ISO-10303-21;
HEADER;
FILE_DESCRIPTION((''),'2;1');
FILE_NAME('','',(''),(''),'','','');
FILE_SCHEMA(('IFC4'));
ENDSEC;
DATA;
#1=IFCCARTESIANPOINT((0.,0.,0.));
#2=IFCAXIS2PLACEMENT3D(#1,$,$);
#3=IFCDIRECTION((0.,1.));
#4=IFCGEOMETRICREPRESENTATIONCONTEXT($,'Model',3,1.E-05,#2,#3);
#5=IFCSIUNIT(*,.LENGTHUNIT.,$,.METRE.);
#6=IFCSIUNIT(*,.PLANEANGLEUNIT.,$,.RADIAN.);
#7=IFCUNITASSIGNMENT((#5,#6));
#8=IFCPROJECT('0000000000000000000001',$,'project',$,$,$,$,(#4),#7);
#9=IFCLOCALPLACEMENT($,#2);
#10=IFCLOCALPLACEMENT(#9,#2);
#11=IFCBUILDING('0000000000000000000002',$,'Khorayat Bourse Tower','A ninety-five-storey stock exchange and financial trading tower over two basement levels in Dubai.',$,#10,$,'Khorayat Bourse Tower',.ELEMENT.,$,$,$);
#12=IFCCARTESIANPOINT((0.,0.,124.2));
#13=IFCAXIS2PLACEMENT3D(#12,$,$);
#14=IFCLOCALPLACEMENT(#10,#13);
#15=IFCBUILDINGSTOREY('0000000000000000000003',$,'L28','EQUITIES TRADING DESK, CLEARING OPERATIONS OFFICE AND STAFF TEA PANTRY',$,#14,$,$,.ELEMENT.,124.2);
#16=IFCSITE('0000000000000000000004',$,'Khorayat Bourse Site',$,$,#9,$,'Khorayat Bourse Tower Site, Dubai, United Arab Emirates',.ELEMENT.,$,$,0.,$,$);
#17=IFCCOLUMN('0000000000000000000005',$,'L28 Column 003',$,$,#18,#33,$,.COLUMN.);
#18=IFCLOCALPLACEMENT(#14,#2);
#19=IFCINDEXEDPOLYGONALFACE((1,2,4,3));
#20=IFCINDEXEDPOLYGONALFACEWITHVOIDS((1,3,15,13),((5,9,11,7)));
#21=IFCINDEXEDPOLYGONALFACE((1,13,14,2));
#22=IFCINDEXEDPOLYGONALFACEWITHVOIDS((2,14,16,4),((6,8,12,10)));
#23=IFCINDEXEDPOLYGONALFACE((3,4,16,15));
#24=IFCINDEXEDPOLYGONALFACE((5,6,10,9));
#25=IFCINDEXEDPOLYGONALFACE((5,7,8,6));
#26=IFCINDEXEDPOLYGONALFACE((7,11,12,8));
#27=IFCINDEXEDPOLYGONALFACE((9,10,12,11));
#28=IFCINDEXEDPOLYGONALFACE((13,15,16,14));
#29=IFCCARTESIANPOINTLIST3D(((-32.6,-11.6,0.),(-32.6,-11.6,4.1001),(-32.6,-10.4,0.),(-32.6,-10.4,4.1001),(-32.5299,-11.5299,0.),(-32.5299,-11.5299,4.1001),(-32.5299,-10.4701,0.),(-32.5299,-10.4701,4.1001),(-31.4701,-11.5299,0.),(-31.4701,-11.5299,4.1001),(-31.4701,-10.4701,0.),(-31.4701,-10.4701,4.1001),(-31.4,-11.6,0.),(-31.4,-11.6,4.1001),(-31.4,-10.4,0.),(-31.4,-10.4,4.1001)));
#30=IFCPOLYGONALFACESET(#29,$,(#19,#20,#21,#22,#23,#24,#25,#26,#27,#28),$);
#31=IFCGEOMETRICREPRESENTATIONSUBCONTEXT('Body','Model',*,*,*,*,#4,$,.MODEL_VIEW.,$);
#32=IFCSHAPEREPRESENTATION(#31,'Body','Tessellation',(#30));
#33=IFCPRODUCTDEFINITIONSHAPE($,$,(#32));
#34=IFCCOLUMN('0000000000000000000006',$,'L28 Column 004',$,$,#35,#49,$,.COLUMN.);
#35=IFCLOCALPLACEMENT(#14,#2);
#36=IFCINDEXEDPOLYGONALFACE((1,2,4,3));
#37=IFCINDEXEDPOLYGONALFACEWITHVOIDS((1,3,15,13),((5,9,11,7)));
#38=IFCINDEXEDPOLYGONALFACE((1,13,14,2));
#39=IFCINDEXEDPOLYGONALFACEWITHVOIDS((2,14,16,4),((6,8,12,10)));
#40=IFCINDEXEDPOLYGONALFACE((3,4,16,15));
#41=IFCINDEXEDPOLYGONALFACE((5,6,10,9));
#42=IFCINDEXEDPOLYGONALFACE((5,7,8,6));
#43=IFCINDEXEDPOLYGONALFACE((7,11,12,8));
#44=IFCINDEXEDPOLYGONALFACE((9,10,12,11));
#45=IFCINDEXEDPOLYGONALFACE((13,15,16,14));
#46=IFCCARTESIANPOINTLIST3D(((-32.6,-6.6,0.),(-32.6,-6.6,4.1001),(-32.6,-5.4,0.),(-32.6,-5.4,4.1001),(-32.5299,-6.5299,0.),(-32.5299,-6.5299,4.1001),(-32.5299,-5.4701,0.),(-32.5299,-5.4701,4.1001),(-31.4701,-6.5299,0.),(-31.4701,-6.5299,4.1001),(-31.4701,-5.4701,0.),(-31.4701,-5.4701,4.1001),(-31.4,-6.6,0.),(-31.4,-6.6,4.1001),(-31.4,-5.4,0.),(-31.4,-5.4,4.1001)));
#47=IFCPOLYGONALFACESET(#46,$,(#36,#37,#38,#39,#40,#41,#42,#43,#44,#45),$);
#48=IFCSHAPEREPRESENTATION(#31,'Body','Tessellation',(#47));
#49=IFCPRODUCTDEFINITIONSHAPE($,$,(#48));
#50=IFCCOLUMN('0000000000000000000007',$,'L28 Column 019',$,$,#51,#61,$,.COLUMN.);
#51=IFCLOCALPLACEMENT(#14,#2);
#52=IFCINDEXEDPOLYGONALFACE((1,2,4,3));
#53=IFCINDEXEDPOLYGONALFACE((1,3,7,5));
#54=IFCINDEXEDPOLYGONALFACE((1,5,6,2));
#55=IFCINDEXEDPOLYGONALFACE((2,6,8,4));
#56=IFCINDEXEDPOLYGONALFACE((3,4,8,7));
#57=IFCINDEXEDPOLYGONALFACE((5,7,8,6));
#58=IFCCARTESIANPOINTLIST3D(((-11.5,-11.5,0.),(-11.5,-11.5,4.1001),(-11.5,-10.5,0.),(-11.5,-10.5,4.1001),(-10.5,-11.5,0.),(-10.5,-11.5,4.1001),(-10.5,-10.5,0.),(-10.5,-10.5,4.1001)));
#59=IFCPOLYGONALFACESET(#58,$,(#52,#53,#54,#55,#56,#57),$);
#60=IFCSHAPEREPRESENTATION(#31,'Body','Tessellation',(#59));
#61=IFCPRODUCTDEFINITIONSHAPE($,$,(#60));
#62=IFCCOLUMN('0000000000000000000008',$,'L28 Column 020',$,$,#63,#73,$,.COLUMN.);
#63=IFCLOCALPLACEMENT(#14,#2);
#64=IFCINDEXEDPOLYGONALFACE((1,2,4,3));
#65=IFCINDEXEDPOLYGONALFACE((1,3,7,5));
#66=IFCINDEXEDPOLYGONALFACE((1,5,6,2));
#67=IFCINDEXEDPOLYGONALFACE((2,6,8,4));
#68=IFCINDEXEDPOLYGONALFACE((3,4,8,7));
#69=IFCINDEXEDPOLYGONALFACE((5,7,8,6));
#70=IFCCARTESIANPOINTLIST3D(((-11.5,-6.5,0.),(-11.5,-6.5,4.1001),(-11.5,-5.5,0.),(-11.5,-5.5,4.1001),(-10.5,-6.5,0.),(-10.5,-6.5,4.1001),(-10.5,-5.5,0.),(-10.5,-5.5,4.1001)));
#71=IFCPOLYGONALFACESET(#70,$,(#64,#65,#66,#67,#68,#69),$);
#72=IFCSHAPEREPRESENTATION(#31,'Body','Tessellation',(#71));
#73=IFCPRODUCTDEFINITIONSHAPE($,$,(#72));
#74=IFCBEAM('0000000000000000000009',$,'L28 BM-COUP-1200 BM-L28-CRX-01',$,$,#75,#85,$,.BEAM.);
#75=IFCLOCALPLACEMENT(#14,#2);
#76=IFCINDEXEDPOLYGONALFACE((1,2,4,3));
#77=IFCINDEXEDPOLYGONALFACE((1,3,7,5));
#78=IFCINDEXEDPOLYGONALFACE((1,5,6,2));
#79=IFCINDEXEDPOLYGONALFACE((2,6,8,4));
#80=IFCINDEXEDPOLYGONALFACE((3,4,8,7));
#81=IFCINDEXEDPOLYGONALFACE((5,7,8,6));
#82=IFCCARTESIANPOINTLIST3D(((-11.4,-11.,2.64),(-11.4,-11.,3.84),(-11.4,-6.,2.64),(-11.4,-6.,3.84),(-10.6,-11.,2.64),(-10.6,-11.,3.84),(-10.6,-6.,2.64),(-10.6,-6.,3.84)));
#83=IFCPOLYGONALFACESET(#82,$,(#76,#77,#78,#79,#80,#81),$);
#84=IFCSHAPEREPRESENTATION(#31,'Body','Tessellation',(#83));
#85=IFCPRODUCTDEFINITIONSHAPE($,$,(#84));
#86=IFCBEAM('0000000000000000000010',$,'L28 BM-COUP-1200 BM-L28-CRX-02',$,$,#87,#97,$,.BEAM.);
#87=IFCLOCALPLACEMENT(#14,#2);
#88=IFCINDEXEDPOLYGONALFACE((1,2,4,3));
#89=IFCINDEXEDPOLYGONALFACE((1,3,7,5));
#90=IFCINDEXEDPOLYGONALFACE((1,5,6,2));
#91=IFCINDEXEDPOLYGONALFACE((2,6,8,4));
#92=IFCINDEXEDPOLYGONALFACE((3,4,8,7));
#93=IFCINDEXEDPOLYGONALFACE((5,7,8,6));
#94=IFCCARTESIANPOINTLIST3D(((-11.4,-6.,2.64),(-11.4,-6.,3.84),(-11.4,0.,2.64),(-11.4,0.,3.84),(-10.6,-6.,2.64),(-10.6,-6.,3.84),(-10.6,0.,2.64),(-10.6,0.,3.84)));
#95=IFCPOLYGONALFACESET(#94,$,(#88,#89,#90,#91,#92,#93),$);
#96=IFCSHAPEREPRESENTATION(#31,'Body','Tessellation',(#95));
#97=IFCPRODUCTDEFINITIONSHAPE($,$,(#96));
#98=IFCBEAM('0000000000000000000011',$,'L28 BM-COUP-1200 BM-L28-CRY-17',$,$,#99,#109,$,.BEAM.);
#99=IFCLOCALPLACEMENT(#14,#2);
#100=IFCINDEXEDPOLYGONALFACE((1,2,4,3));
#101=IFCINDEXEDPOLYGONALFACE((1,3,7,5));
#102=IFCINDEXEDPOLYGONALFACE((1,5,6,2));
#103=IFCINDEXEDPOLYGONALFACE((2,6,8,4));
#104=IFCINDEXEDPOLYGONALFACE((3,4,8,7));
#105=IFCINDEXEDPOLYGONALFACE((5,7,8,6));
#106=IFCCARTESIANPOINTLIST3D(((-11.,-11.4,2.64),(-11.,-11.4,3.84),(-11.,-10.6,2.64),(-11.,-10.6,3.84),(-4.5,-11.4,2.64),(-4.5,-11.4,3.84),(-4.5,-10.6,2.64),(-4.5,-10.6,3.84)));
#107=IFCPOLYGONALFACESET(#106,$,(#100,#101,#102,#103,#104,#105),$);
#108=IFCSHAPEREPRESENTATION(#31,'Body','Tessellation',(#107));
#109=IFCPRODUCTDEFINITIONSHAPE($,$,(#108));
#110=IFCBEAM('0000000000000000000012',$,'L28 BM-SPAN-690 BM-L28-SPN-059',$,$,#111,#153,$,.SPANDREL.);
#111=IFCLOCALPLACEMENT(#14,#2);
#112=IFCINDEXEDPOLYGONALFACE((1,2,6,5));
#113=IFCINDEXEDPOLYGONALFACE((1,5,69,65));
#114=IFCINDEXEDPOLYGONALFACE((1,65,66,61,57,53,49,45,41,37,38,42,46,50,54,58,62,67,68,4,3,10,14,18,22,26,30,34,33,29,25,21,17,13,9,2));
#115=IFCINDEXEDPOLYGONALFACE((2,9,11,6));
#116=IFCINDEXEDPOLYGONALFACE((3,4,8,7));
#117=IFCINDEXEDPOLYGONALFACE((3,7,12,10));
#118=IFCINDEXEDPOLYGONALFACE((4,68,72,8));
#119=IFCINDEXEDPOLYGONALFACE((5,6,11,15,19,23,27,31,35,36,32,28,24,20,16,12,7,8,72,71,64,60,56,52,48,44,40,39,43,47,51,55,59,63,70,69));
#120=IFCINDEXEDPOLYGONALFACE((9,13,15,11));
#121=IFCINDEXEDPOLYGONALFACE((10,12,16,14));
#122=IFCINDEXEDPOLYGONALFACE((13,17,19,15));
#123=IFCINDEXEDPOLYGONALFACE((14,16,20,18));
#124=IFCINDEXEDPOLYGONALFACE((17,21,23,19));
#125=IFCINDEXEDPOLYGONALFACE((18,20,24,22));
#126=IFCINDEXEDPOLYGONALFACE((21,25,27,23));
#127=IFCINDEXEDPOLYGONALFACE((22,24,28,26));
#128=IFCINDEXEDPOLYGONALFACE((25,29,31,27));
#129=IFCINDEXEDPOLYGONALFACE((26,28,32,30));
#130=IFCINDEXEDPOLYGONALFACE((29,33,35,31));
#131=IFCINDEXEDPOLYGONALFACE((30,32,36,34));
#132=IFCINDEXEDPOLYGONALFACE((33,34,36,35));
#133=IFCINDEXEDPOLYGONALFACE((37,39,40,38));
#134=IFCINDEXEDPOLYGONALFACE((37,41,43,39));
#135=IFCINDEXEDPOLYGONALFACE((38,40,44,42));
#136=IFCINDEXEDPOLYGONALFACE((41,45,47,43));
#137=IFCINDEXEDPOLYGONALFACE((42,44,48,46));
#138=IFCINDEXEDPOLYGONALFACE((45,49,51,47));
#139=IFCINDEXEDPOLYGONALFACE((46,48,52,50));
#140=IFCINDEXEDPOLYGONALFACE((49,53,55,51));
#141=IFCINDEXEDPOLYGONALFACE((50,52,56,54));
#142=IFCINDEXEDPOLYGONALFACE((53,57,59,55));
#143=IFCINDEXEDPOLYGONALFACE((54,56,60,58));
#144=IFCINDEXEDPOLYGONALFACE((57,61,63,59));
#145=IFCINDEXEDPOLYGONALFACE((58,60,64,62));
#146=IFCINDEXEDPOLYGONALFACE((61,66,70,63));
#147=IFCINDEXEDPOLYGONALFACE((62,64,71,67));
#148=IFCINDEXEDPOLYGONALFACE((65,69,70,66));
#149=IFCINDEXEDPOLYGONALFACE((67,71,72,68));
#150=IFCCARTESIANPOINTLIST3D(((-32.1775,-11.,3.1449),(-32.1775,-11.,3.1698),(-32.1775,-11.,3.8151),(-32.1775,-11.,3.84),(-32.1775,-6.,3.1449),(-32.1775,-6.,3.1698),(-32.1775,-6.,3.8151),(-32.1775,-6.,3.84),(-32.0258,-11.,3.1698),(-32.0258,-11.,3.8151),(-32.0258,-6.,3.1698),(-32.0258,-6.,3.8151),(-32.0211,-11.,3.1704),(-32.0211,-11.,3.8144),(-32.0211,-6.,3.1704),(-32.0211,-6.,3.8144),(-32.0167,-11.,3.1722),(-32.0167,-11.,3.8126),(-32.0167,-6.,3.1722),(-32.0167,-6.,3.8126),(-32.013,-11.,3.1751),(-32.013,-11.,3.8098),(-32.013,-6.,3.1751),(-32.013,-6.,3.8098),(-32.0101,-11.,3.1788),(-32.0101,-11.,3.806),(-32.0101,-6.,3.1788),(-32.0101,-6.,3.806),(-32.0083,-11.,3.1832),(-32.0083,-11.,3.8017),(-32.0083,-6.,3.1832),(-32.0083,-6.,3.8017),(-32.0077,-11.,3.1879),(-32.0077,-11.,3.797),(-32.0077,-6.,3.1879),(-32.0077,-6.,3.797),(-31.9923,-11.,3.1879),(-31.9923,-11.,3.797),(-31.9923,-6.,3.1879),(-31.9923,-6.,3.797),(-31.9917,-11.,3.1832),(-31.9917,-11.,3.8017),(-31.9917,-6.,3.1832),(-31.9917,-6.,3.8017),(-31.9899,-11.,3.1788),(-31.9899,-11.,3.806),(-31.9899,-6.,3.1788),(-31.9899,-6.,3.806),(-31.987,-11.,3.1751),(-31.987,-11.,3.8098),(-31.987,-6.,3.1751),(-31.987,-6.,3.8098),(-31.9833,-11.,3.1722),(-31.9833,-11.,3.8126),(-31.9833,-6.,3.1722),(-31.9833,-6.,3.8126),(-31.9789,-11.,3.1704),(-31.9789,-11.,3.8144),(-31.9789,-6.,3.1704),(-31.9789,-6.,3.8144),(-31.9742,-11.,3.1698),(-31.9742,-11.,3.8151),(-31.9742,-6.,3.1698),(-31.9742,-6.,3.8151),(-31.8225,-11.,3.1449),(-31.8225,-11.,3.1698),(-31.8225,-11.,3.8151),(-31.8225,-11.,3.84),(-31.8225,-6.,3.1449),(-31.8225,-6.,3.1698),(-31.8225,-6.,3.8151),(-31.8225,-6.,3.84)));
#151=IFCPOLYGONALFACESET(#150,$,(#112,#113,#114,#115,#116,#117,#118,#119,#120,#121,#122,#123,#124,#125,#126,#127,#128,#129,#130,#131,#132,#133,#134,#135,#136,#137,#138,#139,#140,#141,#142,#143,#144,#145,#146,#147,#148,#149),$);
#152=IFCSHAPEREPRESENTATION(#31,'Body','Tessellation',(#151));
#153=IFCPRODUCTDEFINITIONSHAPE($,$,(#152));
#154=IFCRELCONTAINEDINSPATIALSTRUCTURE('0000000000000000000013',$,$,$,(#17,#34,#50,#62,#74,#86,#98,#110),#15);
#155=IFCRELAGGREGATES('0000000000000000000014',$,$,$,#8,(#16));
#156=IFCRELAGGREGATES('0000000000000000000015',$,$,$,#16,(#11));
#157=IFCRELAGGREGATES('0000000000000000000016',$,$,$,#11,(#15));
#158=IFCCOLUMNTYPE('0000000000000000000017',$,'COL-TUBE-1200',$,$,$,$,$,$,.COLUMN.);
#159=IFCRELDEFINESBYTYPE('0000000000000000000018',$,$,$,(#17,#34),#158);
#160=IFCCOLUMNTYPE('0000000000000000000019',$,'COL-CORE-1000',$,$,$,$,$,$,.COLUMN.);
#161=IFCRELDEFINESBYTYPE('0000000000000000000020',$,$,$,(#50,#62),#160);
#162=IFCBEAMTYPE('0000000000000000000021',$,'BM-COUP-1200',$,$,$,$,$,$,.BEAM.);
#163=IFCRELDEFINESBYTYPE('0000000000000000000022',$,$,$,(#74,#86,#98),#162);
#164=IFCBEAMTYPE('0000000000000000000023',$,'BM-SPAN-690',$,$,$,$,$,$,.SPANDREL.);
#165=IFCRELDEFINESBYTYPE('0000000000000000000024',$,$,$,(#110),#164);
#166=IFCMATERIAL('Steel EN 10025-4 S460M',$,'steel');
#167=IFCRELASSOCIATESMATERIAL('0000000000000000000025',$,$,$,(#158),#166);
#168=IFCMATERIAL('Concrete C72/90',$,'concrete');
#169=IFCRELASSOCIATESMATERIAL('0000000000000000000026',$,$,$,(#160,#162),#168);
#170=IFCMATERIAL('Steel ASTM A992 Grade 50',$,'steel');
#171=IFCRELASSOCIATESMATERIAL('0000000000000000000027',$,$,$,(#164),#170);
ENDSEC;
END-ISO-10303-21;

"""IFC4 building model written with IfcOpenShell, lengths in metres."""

from ifc_helpers import new_model, si_unit, direction, frame, origin, origin_2d, place, context, subcontext, project, spatial, rectangle, hollow_rectangle, i_section, extrude, source, transform, mapped, material, material_profile, profile_set, type_object, element, save


model = new_model("IFC4")

# Units and contexts
model_context = context("Model", 3, precision=1e-05, world=origin(), true_north=direction((0.0, 1.0)))
body_context = subcontext(model_context, "Body", "Model", "MODEL_VIEW")
ifc_project = project(units=[si_unit("LENGTHUNIT", "METRE"), si_unit("PLANEANGLEUNIT", "RADIAN")], contexts=[model_context])

# Site, building, storey
site_placement = place(None, origin())
site = spatial("IfcSite", under=ifc_project, at=site_placement, Name="Khorayat Bourse Site", LongName="Khorayat Bourse Tower Site, Dubai, United Arab Emirates", CompositionType="ELEMENT", RefElevation=0.0)
building_placement = place(site_placement, origin())
building = spatial("IfcBuilding", under=site, at=building_placement, Name="Khorayat Bourse Tower", Description="A ninety-five-storey stock exchange and financial trading tower over two basement levels in Dubai.", LongName="Khorayat Bourse Tower", CompositionType="ELEMENT")
storey_placement = place(building_placement, frame((0.0, 0.0, 124.2)))
storey = spatial("IfcBuildingStorey", under=building, at=storey_placement, Name="L28", Description="EQUITIES TRADING DESK, CLEARING OPERATIONS OFFICE AND STAFF TEA PANTRY", CompositionType="ELEMENT", Elevation=124.2)

# Columns
ifc_material_1 = material(Name="Steel EN 10025-4 S460M", Category="steel")
ifc_material_profile_1 = material_profile(ifc_material_1, hollow_rectangle(XDim=1.2, YDim=1.2, WallThickness=0.0701, at=origin_2d()), Name="BOX 1200x1200x70")
ifc_profile_set_1 = profile_set([ifc_material_profile_1], Name="Steel EN 10025-4 S460M")
column_type_1 = type_object("IfcColumnType", Name="COL-TUBE-1200", PredefinedType="COLUMN", material=ifc_profile_set_1)
shared_shape_1 = source(origin(), body_context, "Body", "SweptSolid", [
    extrude(hollow_rectangle(XDim=1.2, YDim=1.2, WallThickness=0.0701, at=origin_2d()), origin(), (0.0, 0.0, 1.0), 4.1001),
])
for number, where, z_axis, x_axis, name in (
    (1, (-32.0, -11.0, 0.0), (0.0, 0.0, 1.0), (1.0, 0.0, 0.0), "L28 Column 003"),
    (2, (-32.0, -6.0, 0.0), (0.0, 0.0, 1.0), (1.0, 0.0, 0.0), "L28 Column 004"),
):
    element("IfcColumn", number, at=place(storey_placement, frame(where, z_axis=z_axis, x_axis=x_axis)), inside=storey, type_object=column_type_1, Name=name, PredefinedType="COLUMN", context=body_context, shape_type="MappedRepresentation", body=[
        mapped(shared_shape_1, transform((0.0, 0.0, 0.0), scale=1.0)),
    ])
ifc_material_2 = material(Name="Concrete C72/90", Category="concrete")
ifc_material_profile_2 = material_profile(ifc_material_2, rectangle(XDim=1.0, YDim=1.0, at=origin_2d()), Name="RC 1000x1000")
ifc_profile_set_2 = profile_set([ifc_material_profile_2], Name="Concrete C72/90")
column_type_2 = type_object("IfcColumnType", Name="COL-CORE-1000", PredefinedType="COLUMN", material=ifc_profile_set_2)
shared_shape_2 = source(origin(), body_context, "Body", "SweptSolid", [
    extrude(rectangle(XDim=1.0, YDim=1.0, at=origin_2d()), origin(), (0.0, 0.0, 1.0), 4.1001),
])
for number, where, z_axis, x_axis, name in (
    (3, (-11.0, -11.0, 0.0), (0.0, 0.0, 1.0), (1.0, 0.0, 0.0), "L28 Column 019"),
    (4, (-11.0, -6.0, 0.0), (0.0, 0.0, 1.0), (1.0, 0.0, 0.0), "L28 Column 020"),
):
    element("IfcColumn", number, at=place(storey_placement, frame(where, z_axis=z_axis, x_axis=x_axis)), inside=storey, type_object=column_type_2, Name=name, PredefinedType="COLUMN", context=body_context, shape_type="MappedRepresentation", body=[
        mapped(shared_shape_2, transform((0.0, 0.0, 0.0), scale=1.0)),
    ])

# Beams
ifc_material_profile_3 = material_profile(ifc_material_2, rectangle(XDim=0.8, YDim=1.2, at=origin_2d()), Name="RC 800x1200")
ifc_profile_set_3 = profile_set([ifc_material_profile_3], Name="Concrete C72/90")
beam_type_1 = type_object("IfcBeamType", Name="BM-COUP-1200", PredefinedType="BEAM", material=ifc_profile_set_3)
shared_shape_3 = source(origin(), body_context, "Body", "SweptSolid", [
    extrude(rectangle(XDim=0.8, YDim=1.2, at=origin_2d()), origin(), (0.0, 0.0, 1.0), 5.0),
])
beam_1_placement = place(storey_placement, frame((-11.0, -11.0, 3.24), z_axis=(0.0, 1.0, 0.0), x_axis=(-1.0, 0.0, 0.0)))
element("IfcBeam", 5, at=beam_1_placement, inside=storey, type_object=beam_type_1, Name="L28 BM-COUP-1200 BM-L28-CRX-01", PredefinedType="BEAM", context=body_context, shape_type="MappedRepresentation", body=[
    mapped(shared_shape_3, transform((0.0, 0.0, 0.0), scale=1.0)),
])
shared_shape_4 = source(origin(), body_context, "Body", "SweptSolid", [
    extrude(rectangle(XDim=0.8, YDim=1.2, at=origin_2d()), origin(), (0.0, 0.0, 1.0), 6.0),
])
beam_2_placement = place(storey_placement, frame((-11.0, -6.0, 3.24), z_axis=(0.0, 1.0, 0.0), x_axis=(-1.0, 0.0, 0.0)))
element("IfcBeam", 6, at=beam_2_placement, inside=storey, type_object=beam_type_1, Name="L28 BM-COUP-1200 BM-L28-CRX-02", PredefinedType="BEAM", context=body_context, shape_type="MappedRepresentation", body=[
    mapped(shared_shape_4, transform((0.0, 0.0, 0.0), scale=1.0)),
])
shared_shape_5 = source(origin(), body_context, "Body", "SweptSolid", [
    extrude(rectangle(XDim=0.8, YDim=1.2, at=origin_2d()), origin(), (0.0, 0.0, 1.0), 6.5),
])
beam_3_placement = place(storey_placement, frame((-11.0, -11.0, 3.24), z_axis=(1.0, 0.0, 0.0), x_axis=(0.0, 1.0, 0.0)))
element("IfcBeam", 7, at=beam_3_placement, inside=storey, type_object=beam_type_1, Name="L28 BM-COUP-1200 BM-L28-CRY-17", PredefinedType="BEAM", context=body_context, shape_type="MappedRepresentation", body=[
    mapped(shared_shape_5, transform((0.0, 0.0, 0.0), scale=1.0)),
])
ifc_material_3 = material(Name="Steel ASTM A992 Grade 50", Category="steel")
ifc_material_profile_4 = material_profile(ifc_material_3, i_section(OverallWidth=0.355, OverallDepth=0.6951, WebThickness=0.0154, FlangeThickness=0.0249, FilletRadius=0.0181, at=origin_2d()), Name="W690X217")
ifc_profile_set_4 = profile_set([ifc_material_profile_4], Name="Steel ASTM A992 Grade 50")
beam_type_2 = type_object("IfcBeamType", Name="BM-SPAN-690", PredefinedType="SPANDREL", material=ifc_profile_set_4)
shared_shape_6 = source(origin(), body_context, "Body", "SweptSolid", [
    extrude(i_section(OverallWidth=0.355, OverallDepth=0.6951, WebThickness=0.0154, FlangeThickness=0.0249, FilletRadius=0.0181, at=origin_2d()), origin(), (0.0, 0.0, 1.0), 5.0),
])
beam_4_placement = place(storey_placement, frame((-32.0, -11.0, 3.4924), z_axis=(0.0, 1.0, 0.0), x_axis=(-1.0, 0.0, 0.0)))
element("IfcBeam", 8, at=beam_4_placement, inside=storey, type_object=beam_type_2, Name="L28 BM-SPAN-690 BM-L28-SPN-059", PredefinedType="SPANDREL", context=body_context, shape_type="MappedRepresentation", body=[
    mapped(shared_shape_6, transform((0.0, 0.0, 0.0), scale=1.0)),
])

save(model, "model.ifc")
